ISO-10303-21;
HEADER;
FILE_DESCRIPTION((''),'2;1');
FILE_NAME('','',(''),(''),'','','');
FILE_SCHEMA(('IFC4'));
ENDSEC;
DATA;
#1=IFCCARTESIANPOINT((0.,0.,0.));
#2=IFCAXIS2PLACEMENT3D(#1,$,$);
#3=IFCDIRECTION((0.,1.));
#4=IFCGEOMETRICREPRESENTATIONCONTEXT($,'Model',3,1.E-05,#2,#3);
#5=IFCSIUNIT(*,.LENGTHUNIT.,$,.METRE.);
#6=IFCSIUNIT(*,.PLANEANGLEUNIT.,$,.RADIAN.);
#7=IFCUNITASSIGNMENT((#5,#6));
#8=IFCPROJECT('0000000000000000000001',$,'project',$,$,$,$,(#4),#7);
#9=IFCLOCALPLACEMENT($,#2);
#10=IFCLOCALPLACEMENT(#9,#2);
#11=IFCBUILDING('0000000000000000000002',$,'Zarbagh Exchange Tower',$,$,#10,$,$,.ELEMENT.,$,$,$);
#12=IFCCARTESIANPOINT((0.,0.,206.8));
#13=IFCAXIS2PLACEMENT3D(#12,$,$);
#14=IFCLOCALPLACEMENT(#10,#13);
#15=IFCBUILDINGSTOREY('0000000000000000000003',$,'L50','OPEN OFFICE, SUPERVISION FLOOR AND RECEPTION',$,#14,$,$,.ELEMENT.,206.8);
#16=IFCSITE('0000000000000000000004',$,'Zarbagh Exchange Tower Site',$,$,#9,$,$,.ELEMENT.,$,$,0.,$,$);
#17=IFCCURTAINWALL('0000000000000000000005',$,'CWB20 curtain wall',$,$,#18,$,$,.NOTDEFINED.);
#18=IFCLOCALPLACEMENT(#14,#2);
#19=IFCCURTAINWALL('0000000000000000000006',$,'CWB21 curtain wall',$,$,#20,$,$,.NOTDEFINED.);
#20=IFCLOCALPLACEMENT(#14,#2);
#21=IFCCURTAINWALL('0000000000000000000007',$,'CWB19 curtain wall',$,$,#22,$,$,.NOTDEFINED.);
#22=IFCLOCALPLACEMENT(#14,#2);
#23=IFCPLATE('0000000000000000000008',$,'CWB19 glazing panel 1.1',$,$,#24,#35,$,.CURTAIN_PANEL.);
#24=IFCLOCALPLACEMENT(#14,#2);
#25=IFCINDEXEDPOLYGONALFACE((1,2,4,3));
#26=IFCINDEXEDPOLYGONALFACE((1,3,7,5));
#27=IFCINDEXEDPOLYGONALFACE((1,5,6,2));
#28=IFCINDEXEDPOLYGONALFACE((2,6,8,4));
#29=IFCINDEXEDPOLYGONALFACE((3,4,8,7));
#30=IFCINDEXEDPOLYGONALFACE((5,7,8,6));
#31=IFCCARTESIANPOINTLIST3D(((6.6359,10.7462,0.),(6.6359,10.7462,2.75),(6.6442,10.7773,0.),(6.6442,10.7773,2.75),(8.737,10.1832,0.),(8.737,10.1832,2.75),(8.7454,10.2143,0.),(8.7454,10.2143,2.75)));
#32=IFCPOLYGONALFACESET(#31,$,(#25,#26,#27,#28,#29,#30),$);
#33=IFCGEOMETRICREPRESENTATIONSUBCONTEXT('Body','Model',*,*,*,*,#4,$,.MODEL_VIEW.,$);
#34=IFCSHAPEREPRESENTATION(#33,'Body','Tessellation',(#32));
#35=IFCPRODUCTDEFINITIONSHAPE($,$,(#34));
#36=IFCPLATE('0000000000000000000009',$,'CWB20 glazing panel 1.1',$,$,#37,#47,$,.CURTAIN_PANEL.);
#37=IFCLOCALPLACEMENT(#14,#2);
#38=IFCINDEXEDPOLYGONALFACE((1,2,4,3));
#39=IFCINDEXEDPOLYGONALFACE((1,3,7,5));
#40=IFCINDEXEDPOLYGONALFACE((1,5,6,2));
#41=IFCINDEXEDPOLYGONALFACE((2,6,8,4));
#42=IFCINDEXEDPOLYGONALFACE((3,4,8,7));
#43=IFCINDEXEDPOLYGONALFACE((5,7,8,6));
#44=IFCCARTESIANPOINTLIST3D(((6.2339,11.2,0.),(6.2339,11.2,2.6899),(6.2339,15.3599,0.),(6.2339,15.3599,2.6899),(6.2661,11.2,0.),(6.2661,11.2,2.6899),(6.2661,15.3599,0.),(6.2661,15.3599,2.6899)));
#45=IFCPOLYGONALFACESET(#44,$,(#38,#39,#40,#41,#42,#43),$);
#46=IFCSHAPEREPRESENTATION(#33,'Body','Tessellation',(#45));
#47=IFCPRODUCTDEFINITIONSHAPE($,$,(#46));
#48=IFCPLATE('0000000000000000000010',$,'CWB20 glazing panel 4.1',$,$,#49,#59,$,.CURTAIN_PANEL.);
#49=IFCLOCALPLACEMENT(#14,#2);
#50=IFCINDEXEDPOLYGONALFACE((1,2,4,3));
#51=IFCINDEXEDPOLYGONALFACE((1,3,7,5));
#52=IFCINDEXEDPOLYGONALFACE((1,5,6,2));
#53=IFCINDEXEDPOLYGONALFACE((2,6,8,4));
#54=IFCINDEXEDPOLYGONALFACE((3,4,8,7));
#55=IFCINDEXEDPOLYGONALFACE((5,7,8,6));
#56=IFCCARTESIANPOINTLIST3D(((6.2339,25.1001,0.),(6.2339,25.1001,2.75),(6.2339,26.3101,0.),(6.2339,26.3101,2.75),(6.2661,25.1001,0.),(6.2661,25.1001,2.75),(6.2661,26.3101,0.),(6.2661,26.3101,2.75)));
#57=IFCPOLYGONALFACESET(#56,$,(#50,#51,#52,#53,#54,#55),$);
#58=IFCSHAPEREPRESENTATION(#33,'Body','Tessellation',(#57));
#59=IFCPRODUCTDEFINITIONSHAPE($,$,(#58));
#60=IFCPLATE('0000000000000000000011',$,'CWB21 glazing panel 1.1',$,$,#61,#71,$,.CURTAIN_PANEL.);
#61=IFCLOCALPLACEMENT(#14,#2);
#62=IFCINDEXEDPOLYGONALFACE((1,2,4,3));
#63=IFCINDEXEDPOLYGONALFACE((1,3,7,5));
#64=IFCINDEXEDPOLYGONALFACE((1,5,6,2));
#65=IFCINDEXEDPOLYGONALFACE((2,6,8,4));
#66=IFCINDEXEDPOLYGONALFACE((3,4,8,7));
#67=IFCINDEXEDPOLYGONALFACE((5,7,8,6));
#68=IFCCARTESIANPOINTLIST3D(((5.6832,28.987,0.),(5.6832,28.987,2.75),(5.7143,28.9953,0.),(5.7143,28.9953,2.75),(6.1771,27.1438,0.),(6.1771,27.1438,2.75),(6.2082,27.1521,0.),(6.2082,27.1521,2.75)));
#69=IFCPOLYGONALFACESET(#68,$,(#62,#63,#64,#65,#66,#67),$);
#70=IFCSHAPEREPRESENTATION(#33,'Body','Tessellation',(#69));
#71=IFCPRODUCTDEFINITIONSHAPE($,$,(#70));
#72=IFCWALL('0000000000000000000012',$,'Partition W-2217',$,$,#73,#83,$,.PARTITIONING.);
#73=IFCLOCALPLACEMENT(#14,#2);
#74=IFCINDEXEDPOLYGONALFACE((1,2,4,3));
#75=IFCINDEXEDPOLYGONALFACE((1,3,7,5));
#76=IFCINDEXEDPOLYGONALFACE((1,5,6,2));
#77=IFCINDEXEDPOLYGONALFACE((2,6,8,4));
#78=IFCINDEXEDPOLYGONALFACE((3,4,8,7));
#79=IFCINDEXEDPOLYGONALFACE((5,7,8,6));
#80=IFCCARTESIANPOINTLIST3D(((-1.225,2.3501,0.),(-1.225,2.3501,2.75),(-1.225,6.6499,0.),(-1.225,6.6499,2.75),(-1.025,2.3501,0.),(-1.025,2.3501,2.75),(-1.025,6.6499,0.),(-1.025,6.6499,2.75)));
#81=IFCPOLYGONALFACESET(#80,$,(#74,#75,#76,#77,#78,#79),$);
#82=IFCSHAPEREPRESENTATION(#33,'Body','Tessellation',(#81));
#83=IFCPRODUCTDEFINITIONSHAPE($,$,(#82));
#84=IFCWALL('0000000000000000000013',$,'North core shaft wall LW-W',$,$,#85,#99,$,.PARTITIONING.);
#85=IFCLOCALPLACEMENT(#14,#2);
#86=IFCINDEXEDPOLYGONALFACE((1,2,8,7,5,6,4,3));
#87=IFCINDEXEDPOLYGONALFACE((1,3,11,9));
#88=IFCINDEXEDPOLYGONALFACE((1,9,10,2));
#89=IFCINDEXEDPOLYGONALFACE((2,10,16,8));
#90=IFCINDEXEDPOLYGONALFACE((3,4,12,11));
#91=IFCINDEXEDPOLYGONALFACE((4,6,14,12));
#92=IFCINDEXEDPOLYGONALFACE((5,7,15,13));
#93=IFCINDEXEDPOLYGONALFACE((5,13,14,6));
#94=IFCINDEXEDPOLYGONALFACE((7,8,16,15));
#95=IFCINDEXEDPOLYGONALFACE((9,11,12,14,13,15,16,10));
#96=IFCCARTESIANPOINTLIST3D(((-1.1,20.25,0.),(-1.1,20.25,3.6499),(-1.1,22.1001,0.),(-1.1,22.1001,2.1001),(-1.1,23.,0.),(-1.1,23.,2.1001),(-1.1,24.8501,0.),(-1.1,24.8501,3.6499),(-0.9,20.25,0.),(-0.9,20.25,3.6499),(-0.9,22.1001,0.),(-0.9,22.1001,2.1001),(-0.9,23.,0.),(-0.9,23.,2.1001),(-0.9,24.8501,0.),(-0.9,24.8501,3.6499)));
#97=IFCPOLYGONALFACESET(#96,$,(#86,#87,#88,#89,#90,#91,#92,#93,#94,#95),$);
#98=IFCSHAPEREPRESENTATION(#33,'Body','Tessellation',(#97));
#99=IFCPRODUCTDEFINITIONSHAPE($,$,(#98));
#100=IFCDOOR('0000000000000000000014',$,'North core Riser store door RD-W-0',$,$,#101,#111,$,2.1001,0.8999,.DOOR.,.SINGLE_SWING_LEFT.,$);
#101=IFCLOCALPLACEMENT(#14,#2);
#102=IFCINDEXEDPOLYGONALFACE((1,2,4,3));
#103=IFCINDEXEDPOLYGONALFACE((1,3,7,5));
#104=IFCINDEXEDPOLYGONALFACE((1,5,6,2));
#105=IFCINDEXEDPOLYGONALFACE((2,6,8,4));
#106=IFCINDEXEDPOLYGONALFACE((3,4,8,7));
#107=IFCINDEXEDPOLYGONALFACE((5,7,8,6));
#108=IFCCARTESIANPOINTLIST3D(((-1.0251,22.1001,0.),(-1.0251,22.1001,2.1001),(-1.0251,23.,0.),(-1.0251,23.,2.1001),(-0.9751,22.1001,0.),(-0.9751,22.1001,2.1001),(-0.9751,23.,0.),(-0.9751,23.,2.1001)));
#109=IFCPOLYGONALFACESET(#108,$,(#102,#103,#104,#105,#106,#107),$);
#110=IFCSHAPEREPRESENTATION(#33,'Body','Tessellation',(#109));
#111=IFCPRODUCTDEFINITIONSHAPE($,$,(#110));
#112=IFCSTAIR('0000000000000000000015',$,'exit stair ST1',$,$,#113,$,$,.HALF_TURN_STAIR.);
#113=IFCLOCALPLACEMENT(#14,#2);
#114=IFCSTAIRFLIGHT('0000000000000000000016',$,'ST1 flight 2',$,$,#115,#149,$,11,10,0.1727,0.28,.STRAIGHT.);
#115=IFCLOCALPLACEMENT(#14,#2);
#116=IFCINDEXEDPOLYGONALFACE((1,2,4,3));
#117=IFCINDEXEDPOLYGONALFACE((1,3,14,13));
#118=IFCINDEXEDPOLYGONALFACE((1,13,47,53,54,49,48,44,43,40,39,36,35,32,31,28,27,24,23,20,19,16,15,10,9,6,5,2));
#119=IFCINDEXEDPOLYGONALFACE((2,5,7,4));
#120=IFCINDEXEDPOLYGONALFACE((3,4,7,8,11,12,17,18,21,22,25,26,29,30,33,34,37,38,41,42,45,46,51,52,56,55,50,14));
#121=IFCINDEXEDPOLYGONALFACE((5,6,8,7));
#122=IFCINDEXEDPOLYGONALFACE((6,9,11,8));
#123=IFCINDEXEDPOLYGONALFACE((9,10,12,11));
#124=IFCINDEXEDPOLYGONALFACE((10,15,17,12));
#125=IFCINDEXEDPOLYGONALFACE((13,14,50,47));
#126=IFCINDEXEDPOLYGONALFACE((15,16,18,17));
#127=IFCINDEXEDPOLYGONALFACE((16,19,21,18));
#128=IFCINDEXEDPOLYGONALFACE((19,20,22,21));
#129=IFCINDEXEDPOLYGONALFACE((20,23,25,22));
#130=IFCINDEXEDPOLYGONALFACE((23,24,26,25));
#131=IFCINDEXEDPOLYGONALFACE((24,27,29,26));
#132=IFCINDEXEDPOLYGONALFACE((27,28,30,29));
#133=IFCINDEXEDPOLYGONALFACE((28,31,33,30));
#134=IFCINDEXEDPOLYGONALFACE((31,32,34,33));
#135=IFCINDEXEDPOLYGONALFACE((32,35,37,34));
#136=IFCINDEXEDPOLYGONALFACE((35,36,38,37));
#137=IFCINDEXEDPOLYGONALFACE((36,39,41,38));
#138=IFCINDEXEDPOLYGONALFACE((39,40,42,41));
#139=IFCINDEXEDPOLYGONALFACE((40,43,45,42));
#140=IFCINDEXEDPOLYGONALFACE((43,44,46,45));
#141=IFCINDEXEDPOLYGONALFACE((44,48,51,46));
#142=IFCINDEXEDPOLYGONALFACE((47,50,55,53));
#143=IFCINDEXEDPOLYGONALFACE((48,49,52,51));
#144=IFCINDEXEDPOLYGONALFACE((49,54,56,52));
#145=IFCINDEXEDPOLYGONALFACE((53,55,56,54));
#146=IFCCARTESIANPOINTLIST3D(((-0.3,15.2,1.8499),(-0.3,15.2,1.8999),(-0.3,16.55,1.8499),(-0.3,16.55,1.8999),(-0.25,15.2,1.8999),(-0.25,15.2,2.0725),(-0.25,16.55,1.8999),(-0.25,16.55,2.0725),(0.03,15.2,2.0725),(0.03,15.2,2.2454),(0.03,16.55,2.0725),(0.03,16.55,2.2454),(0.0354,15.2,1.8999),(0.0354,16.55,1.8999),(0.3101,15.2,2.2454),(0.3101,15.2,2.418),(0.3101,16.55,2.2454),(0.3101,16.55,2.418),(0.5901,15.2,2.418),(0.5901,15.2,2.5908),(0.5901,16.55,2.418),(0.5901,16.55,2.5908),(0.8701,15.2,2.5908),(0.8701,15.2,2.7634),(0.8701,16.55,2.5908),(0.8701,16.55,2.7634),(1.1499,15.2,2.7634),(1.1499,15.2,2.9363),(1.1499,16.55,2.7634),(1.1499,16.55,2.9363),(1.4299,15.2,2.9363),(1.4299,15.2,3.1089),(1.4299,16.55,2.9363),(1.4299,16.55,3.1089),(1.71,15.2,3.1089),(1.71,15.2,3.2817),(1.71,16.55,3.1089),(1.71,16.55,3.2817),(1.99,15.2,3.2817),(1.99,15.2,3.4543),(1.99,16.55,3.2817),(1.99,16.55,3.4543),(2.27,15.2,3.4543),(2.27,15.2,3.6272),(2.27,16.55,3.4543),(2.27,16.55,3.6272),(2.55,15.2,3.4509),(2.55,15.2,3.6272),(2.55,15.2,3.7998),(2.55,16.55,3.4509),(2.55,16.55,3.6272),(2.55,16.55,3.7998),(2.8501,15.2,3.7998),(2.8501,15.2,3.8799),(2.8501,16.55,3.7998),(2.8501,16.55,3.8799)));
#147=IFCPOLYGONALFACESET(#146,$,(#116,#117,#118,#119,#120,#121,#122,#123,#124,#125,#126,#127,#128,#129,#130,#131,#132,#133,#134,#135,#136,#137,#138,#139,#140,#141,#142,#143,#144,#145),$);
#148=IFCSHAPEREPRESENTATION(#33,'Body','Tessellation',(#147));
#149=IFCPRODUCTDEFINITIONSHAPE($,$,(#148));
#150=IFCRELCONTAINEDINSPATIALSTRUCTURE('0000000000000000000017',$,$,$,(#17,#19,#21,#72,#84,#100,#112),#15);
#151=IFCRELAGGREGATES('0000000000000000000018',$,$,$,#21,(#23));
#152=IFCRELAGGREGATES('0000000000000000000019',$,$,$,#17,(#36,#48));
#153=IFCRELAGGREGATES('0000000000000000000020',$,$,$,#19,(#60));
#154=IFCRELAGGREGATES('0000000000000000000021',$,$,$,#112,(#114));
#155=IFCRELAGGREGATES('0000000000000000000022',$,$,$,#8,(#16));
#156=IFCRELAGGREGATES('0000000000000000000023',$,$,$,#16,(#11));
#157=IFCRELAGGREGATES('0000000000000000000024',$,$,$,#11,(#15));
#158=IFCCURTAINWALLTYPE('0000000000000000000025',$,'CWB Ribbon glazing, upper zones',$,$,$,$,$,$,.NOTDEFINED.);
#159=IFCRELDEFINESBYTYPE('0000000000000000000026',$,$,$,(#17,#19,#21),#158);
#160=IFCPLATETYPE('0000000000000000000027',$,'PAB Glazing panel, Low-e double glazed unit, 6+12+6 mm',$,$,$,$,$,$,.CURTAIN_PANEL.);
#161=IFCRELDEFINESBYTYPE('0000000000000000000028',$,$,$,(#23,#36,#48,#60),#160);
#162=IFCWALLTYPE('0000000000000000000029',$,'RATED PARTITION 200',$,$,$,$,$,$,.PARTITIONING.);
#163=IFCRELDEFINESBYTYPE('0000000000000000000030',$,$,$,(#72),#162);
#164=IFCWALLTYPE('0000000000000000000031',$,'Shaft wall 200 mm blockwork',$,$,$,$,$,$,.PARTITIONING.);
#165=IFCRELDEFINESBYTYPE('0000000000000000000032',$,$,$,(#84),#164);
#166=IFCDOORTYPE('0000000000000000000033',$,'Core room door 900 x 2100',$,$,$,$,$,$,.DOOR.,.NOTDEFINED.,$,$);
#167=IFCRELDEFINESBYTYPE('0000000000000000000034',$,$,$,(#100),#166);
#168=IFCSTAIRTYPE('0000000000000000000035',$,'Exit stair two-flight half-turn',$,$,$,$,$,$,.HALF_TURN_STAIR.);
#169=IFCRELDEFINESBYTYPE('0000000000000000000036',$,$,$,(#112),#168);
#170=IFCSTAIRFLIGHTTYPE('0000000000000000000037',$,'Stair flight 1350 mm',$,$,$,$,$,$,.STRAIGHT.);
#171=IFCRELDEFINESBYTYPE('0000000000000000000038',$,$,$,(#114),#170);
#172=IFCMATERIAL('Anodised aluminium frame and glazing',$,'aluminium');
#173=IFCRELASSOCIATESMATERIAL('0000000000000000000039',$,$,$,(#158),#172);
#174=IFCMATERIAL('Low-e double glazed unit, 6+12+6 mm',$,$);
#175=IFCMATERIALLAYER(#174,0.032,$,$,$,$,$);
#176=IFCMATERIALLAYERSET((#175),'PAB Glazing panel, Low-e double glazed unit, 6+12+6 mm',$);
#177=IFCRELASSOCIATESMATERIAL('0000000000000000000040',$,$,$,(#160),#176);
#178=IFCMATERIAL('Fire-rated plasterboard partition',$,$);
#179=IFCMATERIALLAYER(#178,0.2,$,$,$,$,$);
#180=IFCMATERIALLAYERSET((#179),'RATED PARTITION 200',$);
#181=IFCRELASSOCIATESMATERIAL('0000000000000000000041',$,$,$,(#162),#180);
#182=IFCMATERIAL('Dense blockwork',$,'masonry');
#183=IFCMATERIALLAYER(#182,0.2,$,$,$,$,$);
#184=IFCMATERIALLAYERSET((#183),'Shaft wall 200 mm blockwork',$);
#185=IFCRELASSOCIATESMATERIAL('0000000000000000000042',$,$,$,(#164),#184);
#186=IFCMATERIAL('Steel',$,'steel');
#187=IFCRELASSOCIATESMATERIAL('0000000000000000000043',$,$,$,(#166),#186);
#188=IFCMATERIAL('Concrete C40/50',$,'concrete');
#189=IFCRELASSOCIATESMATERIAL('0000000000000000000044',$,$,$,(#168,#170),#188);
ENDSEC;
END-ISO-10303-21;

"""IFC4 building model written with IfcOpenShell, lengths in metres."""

from ifc_helpers import new_model, si_unit, direction, frame, frame_2d, origin, place, context, subcontext, project, spatial, polyline, rectangle, outline, extrude, source, transform, mapped, material, layer, layer_set, type_object, element, fill, aggregate, save


model = new_model("IFC4")

# Units and contexts
model_context = context("Model", 3, precision=1e-05, world=origin(), true_north=direction((0.0, 1.0)))
body_context = subcontext(model_context, "Body", "Model", "MODEL_VIEW")
ifc_project = project(units=[si_unit("LENGTHUNIT", "METRE"), si_unit("PLANEANGLEUNIT", "RADIAN")], contexts=[model_context])

# Site, building, storey
site_placement = place(None, origin())
site = spatial("IfcSite", under=ifc_project, at=site_placement, Name="Zarbagh Exchange Tower Site", CompositionType="ELEMENT", RefElevation=0.0)
building_placement = place(site_placement, origin())
building = spatial("IfcBuilding", under=site, at=building_placement, Name="Zarbagh Exchange Tower", CompositionType="ELEMENT")
storey_placement = place(building_placement, frame((0.0, 0.0, 206.8)))
storey = spatial("IfcBuildingStorey", under=building, at=storey_placement, Name="L50", Description="OPEN OFFICE, SUPERVISION FLOOR AND RECEPTION", CompositionType="ELEMENT", Elevation=206.8)

# Shared definitions
ifc_material_1 = material(Name="Anodised aluminium frame and glazing", Category="aluminium")
curtain_wall_type = type_object("IfcCurtainWallType", Name="CWB Ribbon glazing, upper zones", PredefinedType="NOTDEFINED", material=ifc_material_1)
placement = place(storey_placement, origin())

# Curtain wall
curtain_wall_1_placement = place(storey_placement, origin())
curtain_wall_1 = element("IfcCurtainWall", 1, at=curtain_wall_1_placement, inside=storey, type_object=curtain_wall_type, Name="CWB20 curtain wall", PredefinedType="NOTDEFINED")

# Curtain wall
curtain_wall_2_placement = place(storey_placement, origin())
curtain_wall_2 = element("IfcCurtainWall", 2, at=curtain_wall_2_placement, inside=storey, type_object=curtain_wall_type, Name="CWB21 curtain wall", PredefinedType="NOTDEFINED")

# Shared definitions
ifc_material_2 = material(Name="Low-e double glazed unit, 6+12+6 mm")
ifc_layer_1 = layer(ifc_material_2, 0.032)
ifc_layer_set_1 = layer_set([ifc_layer_1], Name="PAB Glazing panel, Low-e double glazed unit, 6+12+6 mm")
plate_type = type_object("IfcPlateType", Name="PAB Glazing panel, Low-e double glazed unit, 6+12+6 mm", PredefinedType="CURTAIN_PANEL", material=ifc_layer_set_1)

# Curtain wall, plate
curtain_wall_3_placement = place(storey_placement, origin())
curtain_wall_3 = element("IfcCurtainWall", 3, at=curtain_wall_3_placement, inside=storey, type_object=curtain_wall_type, Name="CWB19 curtain wall", PredefinedType="NOTDEFINED")
shared_shape_1 = source(origin(), body_context, "Body", "SweptSolid", [
    extrude(outline(polyline([(0.0, -0.0161), (2.1753, -0.0161), (2.1753, 0.0161), (0.0, 0.0161), (0.0, -0.0161)])), origin(), (0.0, 0.0, 1.0), 2.75),
])
plate_1 = element("IfcPlate", 4, at=placement, type_object=plate_type, Name="CWB19 glazing panel 1.1", PredefinedType="CURTAIN_PANEL", context=body_context, shape_type="MappedRepresentation", body=[
    mapped(shared_shape_1, transform((8.7412, 10.1987, 0.0), x_axis=(-0.965924, 0.258825, 0.0), y_axis=(-0.258825, -0.965924, 0.0), z_axis=(0.0, 0.0, 1.0))),
])
aggregate(curtain_wall_3, [plate_1])

# Plates
shared_shape_2 = source(origin(), body_context, "Body", "SweptSolid", [
    extrude(outline(polyline([(0.0, -0.0161), (4.1599, -0.0161), (4.1599, 0.0161), (0.0, 0.0161), (0.0, -0.0161)])), origin(), (0.0, 0.0, 1.0), 2.6899),
])
plate_2 = element("IfcPlate", 5, at=placement, type_object=plate_type, Name="CWB20 glazing panel 1.1", PredefinedType="CURTAIN_PANEL", context=body_context, shape_type="MappedRepresentation", body=[
    mapped(shared_shape_2, transform((6.25, 11.2, 0.0), x_axis=(0.0, 1.0, 0.0), y_axis=(-1.0, 0.0, 0.0), z_axis=(0.0, 0.0, 1.0))),
])
shared_shape_3 = source(origin(), body_context, "Body", "SweptSolid", [
    extrude(outline(polyline([(0.0, -0.0161), (1.21, -0.0161), (1.21, 0.0161), (0.0, 0.0161), (0.0, -0.0161)])), origin(), (0.0, 0.0, 1.0), 2.75),
])
plate_3 = element("IfcPlate", 6, at=placement, type_object=plate_type, Name="CWB20 glazing panel 4.1", PredefinedType="CURTAIN_PANEL", context=body_context, shape_type="MappedRepresentation", body=[
    mapped(shared_shape_3, transform((6.25, 25.1001, 0.0), x_axis=(0.0, 1.0, 0.0), y_axis=(-1.0, 0.0, 0.0), z_axis=(0.0, 0.0, 1.0))),
])
aggregate(curtain_wall_1, [plate_2, plate_3])
shared_shape_4 = source(origin(), body_context, "Body", "SweptSolid", [
    extrude(outline(polyline([(0.0, -0.0161), (1.9082, -0.0161), (1.9082, 0.0161), (0.0, 0.0161), (0.0, -0.0161)])), origin(), (0.0, 0.0, 1.0), 2.75),
])
plate_4 = element("IfcPlate", 7, at=placement, type_object=plate_type, Name="CWB21 glazing panel 1.1", PredefinedType="CURTAIN_PANEL", context=body_context, shape_type="MappedRepresentation", body=[
    mapped(shared_shape_4, transform((6.1926, 27.1479, 0.0), x_axis=(-0.258825, 0.965924, 0.0), y_axis=(-0.965924, -0.258825, 0.0), z_axis=(0.0, 0.0, 1.0))),
])
aggregate(curtain_wall_2, [plate_4])

# Wall
ifc_material_3 = material(Name="Fire-rated plasterboard partition")
ifc_layer_2 = layer(ifc_material_3, 0.2)
ifc_layer_set_2 = layer_set([ifc_layer_2], Name="RATED PARTITION 200")
wall_type_1 = type_object("IfcWallType", Name="RATED PARTITION 200", PredefinedType="PARTITIONING", material=ifc_layer_set_2)
wall_1_placement = place(storey_placement, frame((-1.125, 2.3501, 0.0), z_axis=(0.0, 0.0, 1.0), x_axis=(0.0, 1.0, 0.0)))
element("IfcWall", 8, at=wall_1_placement, inside=storey, type_object=wall_type_1, Name="Partition W-2217", PredefinedType="PARTITIONING", context=body_context, shape_type="SweptSolid", body=[
    extrude(rectangle(XDim=4.2998, YDim=0.2, at=frame_2d((2.1499, 0.0))), origin(), (0.0, 0.0, 1.0), 2.75),
])

# Wall, opening, door
ifc_material_4 = material(Name="Dense blockwork", Category="masonry")
ifc_layer_3 = layer(ifc_material_4, 0.2)
ifc_layer_set_3 = layer_set([ifc_layer_3], Name="Shaft wall 200 mm blockwork")
wall_type_2 = type_object("IfcWallType", Name="Shaft wall 200 mm blockwork", PredefinedType="PARTITIONING", material=ifc_layer_set_3)
wall_2_placement = place(storey_placement, frame((-1.0, 24.8501, 0.0), z_axis=(0.0, 0.0, 1.0), x_axis=(0.0, -1.0, 0.0)))
wall_2 = element("IfcWall", 9, at=wall_2_placement, inside=storey, type_object=wall_type_2, Name="North core shaft wall LW-W", PredefinedType="PARTITIONING", context=body_context, shape_type="SweptSolid", body=[
    extrude(rectangle(XDim=4.6001, YDim=0.2, at=frame_2d((2.3, 0.0))), origin(), (0.0, 0.0, 1.0), 3.6499),
])
opening_placement = place(wall_2_placement, frame((1.8501, 0.0, 0.0)))
opening = element("IfcOpeningElement", 10, at=opening_placement, cuts=wall_2, PredefinedType="OPENING", context=body_context, shape_type="SweptSolid", body=[
    extrude(rectangle(XDim=0.8999, YDim=2.1001, at=frame_2d((0.45, 1.05))), frame((0.0, 0.1099, 0.0), z_axis=(0.0, -1.0, 0.0), x_axis=(1.0, 0.0, 0.0)), (0.0, 0.0, 1.0), 0.22),
])
ifc_material_5 = material(Name="Steel", Category="steel")
door_type = type_object("IfcDoorType", Name="Core room door 900 x 2100", OperationType="NOTDEFINED", PredefinedType="DOOR", material=ifc_material_5)
door_placement = place(opening_placement, origin())
door = element("IfcDoor", 11, at=door_placement, inside=storey, type_object=door_type, Name="North core Riser store door RD-W-0", OperationType="SINGLE_SWING_LEFT", OverallHeight=2.1001, OverallWidth=0.8999, PredefinedType="DOOR", context=body_context, shape_type="SweptSolid", body=[
    extrude(rectangle(XDim=0.8999, YDim=2.1001, at=frame_2d((0.45, 1.05))), frame((0.0, 0.0249, 0.0), z_axis=(0.0, -1.0, 0.0), x_axis=(1.0, 0.0, 0.0)), (0.0, 0.0, 1.0), 0.05),
])
fill(opening, door)

# Stair, stair flight
ifc_material_6 = material(Name="Concrete C40/50", Category="concrete")
stair_type = type_object("IfcStairType", Name="Exit stair two-flight half-turn", PredefinedType="HALF_TURN_STAIR", material=ifc_material_6)
stair_placement = place(storey_placement, origin())
stair = element("IfcStair", 12, at=stair_placement, inside=storey, type_object=stair_type, Name="exit stair ST1", PredefinedType="HALF_TURN_STAIR")
stair_flight_type = type_object("IfcStairFlightType", Name="Stair flight 1350 mm", PredefinedType="STRAIGHT", material=ifc_material_6)
stair_flight_placement = place(storey_placement, frame((-0.25, 15.875, 1.8999), z_axis=(0.0, 0.0, 1.0), x_axis=(1.0, 0.0, 0.0)))
stair_flight = element("IfcStairFlight", 13, at=stair_flight_placement, type_object=stair_flight_type, Name="ST1 flight 2", NumberOfRisers=11, NumberOfTreads=10, PredefinedType="STRAIGHT", RiserHeight=0.1727, TreadLength=0.28, context=body_context, shape_type="SweptSolid", body=[
    extrude(outline(polyline([(-0.05, -0.05), (-0.05, 0.0), (0.0, 0.0), (0.0, 0.1726), (0.28, 0.1726), (0.28, 0.3455), (0.5601, 0.3455), (0.5601, 0.5181), (0.8401, 0.5181), (0.8401, 0.6909), (1.1201, 0.6909), (1.1201, 0.8635), (1.3999, 0.8635), (1.3999, 1.0364), (1.6799, 1.0364), (1.6799, 1.209), (1.96, 1.209), (1.96, 1.3818), (2.24, 1.3818), (2.24, 1.5544), (2.52, 1.5544), (2.52, 1.7273), (2.8, 1.7273), (2.8, 1.8999), (3.1001, 1.98), (3.1001, 1.8999), (2.8, 1.551), (0.2854, 0.0), (-0.05, -0.05)])), frame((0.0, 0.675, 0.0), z_axis=(0.0, -1.0, 0.0), x_axis=(1.0, 0.0, 0.0)), (0.0, 0.0, 1.0), 1.3501),
])
aggregate(stair, [stair_flight])

save(model, "model.ifc")
